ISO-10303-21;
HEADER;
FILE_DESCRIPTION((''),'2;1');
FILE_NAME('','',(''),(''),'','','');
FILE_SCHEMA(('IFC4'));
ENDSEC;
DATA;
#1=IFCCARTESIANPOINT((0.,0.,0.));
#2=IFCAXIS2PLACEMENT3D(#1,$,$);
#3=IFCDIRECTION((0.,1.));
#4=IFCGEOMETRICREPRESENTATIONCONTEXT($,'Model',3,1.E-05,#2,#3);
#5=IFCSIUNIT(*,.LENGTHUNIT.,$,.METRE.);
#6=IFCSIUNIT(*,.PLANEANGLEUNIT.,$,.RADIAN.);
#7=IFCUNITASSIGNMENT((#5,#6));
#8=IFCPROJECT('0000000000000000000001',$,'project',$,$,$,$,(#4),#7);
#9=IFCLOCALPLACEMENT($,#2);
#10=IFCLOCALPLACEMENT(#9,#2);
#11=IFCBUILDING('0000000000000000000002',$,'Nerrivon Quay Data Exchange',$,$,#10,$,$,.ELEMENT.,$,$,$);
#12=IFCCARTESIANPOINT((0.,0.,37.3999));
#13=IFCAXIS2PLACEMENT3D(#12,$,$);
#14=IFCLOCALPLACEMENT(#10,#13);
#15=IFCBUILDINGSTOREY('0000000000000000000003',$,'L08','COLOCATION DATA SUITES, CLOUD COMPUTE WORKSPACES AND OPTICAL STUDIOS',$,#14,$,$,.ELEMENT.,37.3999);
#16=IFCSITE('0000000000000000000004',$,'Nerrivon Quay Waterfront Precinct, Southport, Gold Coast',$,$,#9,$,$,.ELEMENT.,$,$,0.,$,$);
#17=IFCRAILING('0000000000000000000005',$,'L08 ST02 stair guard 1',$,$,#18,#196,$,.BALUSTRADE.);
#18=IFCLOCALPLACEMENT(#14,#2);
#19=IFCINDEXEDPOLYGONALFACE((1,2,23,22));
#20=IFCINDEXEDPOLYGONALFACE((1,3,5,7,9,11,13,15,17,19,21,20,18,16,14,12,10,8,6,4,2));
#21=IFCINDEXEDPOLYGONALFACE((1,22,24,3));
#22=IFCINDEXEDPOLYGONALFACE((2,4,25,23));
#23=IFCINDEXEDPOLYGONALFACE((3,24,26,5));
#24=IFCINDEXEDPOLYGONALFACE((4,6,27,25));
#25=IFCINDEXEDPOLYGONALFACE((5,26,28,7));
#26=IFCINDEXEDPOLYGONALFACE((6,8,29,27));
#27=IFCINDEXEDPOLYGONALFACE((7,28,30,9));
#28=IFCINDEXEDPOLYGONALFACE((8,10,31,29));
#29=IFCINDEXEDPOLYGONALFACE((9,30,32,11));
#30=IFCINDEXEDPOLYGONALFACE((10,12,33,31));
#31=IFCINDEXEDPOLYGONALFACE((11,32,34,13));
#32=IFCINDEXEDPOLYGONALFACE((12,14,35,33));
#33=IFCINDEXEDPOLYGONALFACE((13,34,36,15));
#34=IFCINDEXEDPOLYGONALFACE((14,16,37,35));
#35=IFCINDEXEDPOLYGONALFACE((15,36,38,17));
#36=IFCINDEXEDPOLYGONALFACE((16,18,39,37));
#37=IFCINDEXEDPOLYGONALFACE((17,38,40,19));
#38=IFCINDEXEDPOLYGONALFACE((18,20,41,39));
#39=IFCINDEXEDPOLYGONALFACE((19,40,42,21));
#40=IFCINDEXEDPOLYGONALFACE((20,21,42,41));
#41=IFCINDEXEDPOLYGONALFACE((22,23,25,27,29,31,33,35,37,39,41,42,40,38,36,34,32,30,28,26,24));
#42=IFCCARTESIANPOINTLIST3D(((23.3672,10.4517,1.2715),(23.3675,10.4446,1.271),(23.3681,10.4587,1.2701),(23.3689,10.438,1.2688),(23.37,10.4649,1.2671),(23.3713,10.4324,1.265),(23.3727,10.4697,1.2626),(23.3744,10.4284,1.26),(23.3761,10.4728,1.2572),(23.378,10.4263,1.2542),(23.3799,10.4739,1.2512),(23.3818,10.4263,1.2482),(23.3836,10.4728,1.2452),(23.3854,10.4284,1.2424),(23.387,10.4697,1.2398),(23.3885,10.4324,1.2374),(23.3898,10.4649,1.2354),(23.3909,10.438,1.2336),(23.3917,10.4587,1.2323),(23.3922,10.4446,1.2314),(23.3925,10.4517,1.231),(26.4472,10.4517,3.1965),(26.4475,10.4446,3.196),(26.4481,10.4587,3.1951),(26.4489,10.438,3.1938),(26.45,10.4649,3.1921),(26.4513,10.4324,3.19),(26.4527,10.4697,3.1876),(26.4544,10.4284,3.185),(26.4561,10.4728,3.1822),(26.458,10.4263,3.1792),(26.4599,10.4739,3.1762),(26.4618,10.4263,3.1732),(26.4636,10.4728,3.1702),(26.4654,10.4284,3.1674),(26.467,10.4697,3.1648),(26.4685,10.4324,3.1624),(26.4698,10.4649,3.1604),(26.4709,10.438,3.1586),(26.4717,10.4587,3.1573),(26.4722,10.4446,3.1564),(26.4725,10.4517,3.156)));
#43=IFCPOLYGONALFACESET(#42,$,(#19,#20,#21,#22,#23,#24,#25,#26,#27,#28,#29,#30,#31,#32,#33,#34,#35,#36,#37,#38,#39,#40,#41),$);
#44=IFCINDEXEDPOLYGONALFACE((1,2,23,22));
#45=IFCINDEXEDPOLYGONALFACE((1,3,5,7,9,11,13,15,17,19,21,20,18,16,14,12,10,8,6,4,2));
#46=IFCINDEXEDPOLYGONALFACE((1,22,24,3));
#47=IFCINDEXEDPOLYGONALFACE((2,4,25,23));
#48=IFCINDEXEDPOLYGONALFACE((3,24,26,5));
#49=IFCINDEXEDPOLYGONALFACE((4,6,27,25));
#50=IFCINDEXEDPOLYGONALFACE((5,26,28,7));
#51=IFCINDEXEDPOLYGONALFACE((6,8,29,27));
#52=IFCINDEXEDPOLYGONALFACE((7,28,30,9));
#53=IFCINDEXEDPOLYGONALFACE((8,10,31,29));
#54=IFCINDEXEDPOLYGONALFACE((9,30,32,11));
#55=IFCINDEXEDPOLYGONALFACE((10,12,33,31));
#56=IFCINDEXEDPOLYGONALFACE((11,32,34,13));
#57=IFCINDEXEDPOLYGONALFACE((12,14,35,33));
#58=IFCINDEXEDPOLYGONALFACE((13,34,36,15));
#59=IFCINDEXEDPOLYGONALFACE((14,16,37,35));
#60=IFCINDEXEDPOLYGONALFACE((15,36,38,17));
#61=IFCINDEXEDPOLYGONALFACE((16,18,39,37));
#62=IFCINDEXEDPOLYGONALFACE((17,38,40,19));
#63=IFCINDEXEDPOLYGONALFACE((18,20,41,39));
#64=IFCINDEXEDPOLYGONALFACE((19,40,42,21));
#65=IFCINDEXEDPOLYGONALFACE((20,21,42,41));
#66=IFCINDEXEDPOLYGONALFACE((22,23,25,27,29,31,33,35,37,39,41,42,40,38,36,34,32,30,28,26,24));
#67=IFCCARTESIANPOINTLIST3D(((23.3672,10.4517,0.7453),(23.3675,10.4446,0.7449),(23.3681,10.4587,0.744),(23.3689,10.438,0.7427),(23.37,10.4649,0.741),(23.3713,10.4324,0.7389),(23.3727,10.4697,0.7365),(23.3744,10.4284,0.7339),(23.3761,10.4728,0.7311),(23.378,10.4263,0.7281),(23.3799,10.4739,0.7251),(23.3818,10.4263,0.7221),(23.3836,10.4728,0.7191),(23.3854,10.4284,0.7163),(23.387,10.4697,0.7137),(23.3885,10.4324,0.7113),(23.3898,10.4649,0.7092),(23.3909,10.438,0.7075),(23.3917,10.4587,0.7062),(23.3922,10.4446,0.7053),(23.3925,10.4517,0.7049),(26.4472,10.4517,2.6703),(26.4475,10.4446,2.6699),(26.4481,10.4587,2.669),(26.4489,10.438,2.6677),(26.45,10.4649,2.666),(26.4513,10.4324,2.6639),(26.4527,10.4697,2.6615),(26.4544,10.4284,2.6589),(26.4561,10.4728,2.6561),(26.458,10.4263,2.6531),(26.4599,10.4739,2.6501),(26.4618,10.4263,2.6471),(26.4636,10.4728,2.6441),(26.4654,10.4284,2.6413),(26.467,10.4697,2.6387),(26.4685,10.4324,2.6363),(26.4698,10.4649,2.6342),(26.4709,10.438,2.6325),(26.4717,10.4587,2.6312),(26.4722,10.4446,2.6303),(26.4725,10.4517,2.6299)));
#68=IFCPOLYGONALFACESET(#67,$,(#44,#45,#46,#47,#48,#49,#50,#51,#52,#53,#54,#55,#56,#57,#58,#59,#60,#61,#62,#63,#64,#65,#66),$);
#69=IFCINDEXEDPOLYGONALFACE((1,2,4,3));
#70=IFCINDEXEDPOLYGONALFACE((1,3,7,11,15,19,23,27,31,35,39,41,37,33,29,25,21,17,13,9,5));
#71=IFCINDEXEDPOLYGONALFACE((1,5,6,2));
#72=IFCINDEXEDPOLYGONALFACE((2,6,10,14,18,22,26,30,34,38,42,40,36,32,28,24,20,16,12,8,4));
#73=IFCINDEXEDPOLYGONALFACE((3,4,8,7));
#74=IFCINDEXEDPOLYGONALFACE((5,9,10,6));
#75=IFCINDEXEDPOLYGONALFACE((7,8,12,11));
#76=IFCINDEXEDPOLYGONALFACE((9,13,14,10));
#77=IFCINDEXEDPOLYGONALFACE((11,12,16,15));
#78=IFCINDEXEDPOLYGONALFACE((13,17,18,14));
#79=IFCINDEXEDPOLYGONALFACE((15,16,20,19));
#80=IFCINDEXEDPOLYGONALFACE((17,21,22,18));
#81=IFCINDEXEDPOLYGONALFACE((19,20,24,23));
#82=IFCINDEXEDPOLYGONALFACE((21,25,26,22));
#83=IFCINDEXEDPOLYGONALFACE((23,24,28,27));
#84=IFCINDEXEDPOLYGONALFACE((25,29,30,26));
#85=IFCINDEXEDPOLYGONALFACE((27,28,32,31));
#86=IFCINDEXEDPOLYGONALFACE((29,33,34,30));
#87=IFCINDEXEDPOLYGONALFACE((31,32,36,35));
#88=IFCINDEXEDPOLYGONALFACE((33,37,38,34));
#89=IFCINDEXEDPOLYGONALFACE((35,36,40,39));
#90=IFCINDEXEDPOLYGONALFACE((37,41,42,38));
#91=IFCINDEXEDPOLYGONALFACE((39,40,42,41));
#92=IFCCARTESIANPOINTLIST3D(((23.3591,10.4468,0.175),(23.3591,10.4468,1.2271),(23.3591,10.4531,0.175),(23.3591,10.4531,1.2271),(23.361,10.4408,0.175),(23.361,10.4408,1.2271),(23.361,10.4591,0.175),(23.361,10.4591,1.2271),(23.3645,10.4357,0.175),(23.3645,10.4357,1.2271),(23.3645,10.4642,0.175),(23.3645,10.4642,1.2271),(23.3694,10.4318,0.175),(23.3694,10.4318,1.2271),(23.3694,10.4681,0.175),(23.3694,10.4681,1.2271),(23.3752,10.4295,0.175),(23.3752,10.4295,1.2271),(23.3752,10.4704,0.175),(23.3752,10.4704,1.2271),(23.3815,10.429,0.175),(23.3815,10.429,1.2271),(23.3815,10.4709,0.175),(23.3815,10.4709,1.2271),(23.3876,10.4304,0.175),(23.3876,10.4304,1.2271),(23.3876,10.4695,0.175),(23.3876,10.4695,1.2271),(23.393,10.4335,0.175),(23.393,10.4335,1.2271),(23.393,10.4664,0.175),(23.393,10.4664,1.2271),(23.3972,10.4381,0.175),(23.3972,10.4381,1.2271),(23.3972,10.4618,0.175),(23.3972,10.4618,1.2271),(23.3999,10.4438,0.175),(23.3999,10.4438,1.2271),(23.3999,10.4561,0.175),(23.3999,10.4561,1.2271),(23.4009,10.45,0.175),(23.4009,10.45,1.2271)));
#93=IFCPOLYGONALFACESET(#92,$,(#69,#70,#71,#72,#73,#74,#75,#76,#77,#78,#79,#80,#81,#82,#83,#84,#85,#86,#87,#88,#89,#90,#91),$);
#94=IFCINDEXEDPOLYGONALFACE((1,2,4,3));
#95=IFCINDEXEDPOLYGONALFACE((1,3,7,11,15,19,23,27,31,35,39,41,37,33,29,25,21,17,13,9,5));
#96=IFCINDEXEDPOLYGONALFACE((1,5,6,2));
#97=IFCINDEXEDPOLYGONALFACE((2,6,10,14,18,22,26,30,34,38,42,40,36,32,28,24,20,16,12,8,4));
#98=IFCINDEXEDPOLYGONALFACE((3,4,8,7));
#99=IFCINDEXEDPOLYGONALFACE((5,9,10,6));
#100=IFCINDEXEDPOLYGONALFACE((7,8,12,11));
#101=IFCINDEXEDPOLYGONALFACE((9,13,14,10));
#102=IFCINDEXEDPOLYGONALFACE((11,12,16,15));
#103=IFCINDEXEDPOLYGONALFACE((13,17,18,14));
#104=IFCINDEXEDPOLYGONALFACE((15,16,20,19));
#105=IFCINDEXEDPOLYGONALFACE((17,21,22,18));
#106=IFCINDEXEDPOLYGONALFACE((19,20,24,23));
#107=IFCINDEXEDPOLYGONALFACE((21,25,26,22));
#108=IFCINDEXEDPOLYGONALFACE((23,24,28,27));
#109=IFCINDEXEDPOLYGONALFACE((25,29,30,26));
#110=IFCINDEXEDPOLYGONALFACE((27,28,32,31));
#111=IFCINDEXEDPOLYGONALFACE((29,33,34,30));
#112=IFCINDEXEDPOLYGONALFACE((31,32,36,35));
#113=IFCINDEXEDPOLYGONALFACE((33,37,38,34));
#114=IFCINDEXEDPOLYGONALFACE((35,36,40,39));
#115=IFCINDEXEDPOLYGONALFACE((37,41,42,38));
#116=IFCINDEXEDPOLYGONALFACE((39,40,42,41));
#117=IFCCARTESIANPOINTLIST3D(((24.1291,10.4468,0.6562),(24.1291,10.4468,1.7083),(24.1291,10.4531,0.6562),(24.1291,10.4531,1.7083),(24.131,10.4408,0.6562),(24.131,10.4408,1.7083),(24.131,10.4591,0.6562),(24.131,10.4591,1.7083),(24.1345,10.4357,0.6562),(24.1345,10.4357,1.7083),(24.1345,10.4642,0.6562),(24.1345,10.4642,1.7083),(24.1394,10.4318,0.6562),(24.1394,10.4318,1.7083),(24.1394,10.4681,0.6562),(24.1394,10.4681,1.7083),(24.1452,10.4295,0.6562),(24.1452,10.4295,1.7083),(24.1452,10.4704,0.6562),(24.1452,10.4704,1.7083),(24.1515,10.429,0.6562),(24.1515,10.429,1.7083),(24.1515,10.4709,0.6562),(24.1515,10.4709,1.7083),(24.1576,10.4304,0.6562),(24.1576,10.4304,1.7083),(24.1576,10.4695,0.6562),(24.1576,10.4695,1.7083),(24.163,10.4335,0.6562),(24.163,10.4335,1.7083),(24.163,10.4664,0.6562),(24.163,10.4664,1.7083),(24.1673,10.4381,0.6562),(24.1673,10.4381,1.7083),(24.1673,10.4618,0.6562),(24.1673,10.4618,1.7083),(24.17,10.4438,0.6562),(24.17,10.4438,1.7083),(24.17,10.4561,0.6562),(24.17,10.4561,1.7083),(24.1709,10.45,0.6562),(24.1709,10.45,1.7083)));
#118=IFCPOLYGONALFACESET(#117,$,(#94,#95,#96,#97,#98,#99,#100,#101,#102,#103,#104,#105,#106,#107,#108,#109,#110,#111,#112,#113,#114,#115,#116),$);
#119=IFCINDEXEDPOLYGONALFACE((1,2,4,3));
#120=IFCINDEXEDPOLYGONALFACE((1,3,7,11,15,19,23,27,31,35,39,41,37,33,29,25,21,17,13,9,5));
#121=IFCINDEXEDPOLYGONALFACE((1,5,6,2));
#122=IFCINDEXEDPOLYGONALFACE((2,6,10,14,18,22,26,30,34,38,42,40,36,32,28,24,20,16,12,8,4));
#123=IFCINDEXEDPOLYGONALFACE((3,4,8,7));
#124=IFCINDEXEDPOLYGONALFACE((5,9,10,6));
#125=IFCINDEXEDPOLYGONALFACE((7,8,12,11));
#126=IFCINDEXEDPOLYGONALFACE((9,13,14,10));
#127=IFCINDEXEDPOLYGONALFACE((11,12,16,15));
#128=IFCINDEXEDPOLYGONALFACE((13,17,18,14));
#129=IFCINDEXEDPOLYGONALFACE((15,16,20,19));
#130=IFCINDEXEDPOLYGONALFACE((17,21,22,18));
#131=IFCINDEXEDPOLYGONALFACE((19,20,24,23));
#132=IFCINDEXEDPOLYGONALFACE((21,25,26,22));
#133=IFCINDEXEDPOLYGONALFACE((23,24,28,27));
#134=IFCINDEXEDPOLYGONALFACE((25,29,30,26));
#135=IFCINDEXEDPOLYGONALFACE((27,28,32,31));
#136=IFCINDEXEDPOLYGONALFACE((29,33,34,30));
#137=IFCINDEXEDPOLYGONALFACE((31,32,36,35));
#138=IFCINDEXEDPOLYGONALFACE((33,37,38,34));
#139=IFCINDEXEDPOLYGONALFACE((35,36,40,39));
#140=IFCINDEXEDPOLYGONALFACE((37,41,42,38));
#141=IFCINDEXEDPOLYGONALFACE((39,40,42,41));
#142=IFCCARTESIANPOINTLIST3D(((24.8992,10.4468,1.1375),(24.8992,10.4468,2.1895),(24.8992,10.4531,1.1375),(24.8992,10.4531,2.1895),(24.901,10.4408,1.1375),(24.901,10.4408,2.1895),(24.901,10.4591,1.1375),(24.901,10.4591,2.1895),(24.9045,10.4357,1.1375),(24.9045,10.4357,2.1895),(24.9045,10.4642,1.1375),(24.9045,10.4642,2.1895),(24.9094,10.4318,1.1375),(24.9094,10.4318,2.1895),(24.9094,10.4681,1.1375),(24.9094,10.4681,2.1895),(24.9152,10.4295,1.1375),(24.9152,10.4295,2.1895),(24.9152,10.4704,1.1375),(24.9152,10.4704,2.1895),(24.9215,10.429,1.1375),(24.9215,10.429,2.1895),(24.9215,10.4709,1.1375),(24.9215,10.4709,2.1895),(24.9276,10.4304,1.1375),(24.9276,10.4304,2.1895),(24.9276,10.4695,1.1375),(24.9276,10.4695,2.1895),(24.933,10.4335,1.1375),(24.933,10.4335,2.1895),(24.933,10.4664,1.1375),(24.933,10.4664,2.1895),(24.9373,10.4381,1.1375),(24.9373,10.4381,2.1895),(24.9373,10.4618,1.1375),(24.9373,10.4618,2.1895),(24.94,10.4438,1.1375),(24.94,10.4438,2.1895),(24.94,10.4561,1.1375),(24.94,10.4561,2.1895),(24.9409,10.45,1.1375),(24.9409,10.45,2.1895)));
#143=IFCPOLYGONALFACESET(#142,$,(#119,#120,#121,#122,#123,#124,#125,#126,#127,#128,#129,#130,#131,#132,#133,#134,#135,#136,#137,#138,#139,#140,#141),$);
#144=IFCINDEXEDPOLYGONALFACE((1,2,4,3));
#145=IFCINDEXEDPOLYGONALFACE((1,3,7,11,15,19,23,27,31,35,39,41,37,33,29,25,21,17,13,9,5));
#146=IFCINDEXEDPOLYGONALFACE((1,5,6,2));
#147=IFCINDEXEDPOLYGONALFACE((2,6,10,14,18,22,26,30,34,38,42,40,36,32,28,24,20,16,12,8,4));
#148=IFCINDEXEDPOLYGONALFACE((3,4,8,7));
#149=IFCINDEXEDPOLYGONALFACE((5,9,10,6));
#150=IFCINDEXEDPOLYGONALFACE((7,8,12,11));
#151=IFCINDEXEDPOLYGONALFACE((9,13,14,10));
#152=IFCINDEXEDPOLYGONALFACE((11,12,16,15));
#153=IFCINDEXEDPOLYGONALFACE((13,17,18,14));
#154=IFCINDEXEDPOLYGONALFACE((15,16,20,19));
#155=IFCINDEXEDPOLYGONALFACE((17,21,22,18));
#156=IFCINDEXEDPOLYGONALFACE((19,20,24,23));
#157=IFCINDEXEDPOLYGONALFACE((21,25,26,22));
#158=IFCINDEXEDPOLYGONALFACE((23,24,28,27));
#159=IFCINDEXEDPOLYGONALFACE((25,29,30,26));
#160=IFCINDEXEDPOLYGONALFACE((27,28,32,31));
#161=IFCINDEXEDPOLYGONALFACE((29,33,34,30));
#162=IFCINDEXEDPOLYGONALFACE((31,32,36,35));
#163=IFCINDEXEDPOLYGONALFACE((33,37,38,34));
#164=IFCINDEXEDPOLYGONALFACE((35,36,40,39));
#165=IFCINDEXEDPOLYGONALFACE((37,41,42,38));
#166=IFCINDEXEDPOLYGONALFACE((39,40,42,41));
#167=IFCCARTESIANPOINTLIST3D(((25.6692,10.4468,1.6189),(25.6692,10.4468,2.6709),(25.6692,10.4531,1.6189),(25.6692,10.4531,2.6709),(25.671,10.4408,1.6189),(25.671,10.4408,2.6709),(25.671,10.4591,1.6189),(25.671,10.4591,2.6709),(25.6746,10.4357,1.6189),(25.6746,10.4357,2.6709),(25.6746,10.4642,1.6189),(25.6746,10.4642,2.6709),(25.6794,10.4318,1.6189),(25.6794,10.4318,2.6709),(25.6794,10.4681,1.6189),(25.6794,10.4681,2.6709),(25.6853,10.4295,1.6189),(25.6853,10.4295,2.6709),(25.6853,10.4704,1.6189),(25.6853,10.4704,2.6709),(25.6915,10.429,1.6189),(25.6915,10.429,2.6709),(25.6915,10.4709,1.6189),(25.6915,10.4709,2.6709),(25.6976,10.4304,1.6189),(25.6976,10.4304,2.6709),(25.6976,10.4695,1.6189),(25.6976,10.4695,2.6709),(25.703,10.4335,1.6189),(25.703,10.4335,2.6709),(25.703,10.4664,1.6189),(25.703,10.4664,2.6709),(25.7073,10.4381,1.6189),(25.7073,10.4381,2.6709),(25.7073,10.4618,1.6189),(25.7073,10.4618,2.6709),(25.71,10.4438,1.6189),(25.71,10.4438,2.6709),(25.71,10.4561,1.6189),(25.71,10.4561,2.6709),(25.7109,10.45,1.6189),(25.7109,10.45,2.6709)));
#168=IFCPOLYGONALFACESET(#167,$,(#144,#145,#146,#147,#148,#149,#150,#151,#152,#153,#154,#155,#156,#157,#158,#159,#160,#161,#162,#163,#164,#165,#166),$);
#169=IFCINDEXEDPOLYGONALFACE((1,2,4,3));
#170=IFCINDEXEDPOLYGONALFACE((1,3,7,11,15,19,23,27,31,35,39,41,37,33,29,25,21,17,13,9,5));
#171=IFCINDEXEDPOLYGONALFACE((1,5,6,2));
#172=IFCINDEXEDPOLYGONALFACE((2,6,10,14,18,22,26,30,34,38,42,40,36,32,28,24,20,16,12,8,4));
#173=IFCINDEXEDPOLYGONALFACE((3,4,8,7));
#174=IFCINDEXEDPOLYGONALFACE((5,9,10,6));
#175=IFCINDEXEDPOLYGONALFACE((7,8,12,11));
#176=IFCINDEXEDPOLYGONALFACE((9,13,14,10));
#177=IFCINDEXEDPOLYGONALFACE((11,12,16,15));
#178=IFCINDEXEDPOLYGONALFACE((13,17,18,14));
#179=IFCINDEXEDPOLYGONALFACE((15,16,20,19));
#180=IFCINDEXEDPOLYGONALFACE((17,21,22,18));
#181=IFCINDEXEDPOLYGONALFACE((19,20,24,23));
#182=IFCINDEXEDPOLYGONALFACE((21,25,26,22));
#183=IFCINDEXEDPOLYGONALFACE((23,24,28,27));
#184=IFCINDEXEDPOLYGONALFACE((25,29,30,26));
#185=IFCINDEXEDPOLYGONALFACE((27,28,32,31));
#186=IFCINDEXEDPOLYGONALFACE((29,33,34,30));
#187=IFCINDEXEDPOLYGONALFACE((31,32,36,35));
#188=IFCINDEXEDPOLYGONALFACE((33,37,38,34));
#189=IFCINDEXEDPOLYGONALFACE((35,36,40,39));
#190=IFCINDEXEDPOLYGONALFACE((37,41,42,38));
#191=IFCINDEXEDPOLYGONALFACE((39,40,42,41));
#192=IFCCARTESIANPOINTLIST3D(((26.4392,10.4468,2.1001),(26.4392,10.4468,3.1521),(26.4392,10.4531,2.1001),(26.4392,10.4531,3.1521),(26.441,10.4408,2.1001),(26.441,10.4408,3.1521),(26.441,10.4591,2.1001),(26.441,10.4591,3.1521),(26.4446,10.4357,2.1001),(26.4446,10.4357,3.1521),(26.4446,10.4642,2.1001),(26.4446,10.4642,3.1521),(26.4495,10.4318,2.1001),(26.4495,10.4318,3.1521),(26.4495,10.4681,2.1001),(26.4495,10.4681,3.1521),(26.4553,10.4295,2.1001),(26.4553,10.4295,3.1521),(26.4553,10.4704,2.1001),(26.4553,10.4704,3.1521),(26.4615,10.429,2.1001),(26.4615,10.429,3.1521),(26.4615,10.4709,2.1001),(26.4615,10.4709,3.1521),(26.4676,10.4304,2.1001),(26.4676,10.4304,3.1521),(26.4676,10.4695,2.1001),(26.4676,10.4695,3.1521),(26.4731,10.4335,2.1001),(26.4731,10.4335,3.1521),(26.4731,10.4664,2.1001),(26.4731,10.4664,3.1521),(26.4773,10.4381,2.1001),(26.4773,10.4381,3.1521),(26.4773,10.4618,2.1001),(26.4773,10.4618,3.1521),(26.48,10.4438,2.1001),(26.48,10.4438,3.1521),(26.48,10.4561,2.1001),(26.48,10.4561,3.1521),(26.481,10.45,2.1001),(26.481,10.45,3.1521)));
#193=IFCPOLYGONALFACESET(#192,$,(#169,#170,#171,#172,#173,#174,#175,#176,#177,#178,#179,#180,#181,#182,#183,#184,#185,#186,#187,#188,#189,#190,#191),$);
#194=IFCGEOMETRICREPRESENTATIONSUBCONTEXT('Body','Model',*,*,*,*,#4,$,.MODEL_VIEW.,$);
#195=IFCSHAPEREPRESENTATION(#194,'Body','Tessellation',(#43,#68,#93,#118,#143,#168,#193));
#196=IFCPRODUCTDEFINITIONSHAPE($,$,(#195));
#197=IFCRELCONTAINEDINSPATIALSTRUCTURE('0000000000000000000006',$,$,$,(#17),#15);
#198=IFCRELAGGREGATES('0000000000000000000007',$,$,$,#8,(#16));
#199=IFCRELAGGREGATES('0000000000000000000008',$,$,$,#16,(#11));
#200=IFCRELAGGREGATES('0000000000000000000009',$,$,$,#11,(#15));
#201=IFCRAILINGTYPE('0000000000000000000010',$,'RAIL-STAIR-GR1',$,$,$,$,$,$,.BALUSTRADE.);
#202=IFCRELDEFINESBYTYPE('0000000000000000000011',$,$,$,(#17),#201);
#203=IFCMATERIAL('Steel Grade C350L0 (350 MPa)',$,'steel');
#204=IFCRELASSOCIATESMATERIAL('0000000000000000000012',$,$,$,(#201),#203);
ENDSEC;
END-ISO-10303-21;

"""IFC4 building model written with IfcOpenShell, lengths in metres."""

from ifc_helpers import new_model, si_unit, direction, frame, origin, origin_2d, place, context, subcontext, project, spatial, circle, extrude, material, type_object, element, save


model = new_model("IFC4")

# Units and contexts
model_context = context("Model", 3, precision=1e-05, world=origin(), true_north=direction((0.0, 1.0)))
body_context = subcontext(model_context, "Body", "Model", "MODEL_VIEW")
ifc_project = project(units=[si_unit("LENGTHUNIT", "METRE"), si_unit("PLANEANGLEUNIT", "RADIAN")], contexts=[model_context])

# Site, building, storey
site_placement = place(None, origin())
site = spatial("IfcSite", under=ifc_project, at=site_placement, Name="Nerrivon Quay Waterfront Precinct, Southport, Gold Coast", CompositionType="ELEMENT", RefElevation=0.0)
building_placement = place(site_placement, origin())
building = spatial("IfcBuilding", under=site, at=building_placement, Name="Nerrivon Quay Data Exchange", CompositionType="ELEMENT")
storey_placement = place(building_placement, frame((0.0, 0.0, 37.3999)))
storey = spatial("IfcBuildingStorey", under=building, at=storey_placement, Name="L08", Description="COLOCATION DATA SUITES, CLOUD COMPUTE WORKSPACES AND OPTICAL STUDIOS", CompositionType="ELEMENT", Elevation=37.3999)

# Railing
ifc_material_1 = material(Name="Steel Grade C350L0 (350 MPa)", Category="steel")
railing_type_1 = type_object("IfcRailingType", Name="RAIL-STAIR-GR1", PredefinedType="BALUSTRADE", material=ifc_material_1)
railing_1_placement = place(storey_placement, frame((23.3799, 10.45, 0.175)))
element("IfcRailing", 1, at=railing_1_placement, inside=storey, type_object=railing_type_1, Name="L08 ST02 stair guard 1", PredefinedType="BALUSTRADE", context=body_context, shape_type="SweptSolid", body=[
    extrude(circle(Radius=0.0239, at=origin_2d()), frame((0.0, 0.0, 1.0762), z_axis=(0.847998, 0.0, 0.529999), x_axis=(0.0, 1.0, 0.0)), (0.0, 0.0, 1.0), 3.6321),
    extrude(circle(Radius=0.0239, at=origin_2d()), frame((0.0, 0.0, 0.55), z_axis=(0.847998, 0.0, 0.529999), x_axis=(0.0, 1.0, 0.0)), (0.0, 0.0, 1.0), 3.6321),
    extrude(circle(Radius=0.021, at=origin_2d()), origin(), (0.0, 0.0, 1.0), 1.052),
    extrude(circle(Radius=0.021, at=origin_2d()), frame((0.77, 0.0, 0.4812)), (0.0, 0.0, 1.0), 1.052),
    extrude(circle(Radius=0.021, at=origin_2d()), frame((1.54, 0.0, 0.9624)), (0.0, 0.0, 1.0), 1.052),
    extrude(circle(Radius=0.021, at=origin_2d()), frame((2.3101, 0.0, 1.4438)), (0.0, 0.0, 1.0), 1.052),
    extrude(circle(Radius=0.021, at=origin_2d()), frame((3.0801, 0.0, 1.925)), (0.0, 0.0, 1.0), 1.052),
])

save(model, "model.ifc")
